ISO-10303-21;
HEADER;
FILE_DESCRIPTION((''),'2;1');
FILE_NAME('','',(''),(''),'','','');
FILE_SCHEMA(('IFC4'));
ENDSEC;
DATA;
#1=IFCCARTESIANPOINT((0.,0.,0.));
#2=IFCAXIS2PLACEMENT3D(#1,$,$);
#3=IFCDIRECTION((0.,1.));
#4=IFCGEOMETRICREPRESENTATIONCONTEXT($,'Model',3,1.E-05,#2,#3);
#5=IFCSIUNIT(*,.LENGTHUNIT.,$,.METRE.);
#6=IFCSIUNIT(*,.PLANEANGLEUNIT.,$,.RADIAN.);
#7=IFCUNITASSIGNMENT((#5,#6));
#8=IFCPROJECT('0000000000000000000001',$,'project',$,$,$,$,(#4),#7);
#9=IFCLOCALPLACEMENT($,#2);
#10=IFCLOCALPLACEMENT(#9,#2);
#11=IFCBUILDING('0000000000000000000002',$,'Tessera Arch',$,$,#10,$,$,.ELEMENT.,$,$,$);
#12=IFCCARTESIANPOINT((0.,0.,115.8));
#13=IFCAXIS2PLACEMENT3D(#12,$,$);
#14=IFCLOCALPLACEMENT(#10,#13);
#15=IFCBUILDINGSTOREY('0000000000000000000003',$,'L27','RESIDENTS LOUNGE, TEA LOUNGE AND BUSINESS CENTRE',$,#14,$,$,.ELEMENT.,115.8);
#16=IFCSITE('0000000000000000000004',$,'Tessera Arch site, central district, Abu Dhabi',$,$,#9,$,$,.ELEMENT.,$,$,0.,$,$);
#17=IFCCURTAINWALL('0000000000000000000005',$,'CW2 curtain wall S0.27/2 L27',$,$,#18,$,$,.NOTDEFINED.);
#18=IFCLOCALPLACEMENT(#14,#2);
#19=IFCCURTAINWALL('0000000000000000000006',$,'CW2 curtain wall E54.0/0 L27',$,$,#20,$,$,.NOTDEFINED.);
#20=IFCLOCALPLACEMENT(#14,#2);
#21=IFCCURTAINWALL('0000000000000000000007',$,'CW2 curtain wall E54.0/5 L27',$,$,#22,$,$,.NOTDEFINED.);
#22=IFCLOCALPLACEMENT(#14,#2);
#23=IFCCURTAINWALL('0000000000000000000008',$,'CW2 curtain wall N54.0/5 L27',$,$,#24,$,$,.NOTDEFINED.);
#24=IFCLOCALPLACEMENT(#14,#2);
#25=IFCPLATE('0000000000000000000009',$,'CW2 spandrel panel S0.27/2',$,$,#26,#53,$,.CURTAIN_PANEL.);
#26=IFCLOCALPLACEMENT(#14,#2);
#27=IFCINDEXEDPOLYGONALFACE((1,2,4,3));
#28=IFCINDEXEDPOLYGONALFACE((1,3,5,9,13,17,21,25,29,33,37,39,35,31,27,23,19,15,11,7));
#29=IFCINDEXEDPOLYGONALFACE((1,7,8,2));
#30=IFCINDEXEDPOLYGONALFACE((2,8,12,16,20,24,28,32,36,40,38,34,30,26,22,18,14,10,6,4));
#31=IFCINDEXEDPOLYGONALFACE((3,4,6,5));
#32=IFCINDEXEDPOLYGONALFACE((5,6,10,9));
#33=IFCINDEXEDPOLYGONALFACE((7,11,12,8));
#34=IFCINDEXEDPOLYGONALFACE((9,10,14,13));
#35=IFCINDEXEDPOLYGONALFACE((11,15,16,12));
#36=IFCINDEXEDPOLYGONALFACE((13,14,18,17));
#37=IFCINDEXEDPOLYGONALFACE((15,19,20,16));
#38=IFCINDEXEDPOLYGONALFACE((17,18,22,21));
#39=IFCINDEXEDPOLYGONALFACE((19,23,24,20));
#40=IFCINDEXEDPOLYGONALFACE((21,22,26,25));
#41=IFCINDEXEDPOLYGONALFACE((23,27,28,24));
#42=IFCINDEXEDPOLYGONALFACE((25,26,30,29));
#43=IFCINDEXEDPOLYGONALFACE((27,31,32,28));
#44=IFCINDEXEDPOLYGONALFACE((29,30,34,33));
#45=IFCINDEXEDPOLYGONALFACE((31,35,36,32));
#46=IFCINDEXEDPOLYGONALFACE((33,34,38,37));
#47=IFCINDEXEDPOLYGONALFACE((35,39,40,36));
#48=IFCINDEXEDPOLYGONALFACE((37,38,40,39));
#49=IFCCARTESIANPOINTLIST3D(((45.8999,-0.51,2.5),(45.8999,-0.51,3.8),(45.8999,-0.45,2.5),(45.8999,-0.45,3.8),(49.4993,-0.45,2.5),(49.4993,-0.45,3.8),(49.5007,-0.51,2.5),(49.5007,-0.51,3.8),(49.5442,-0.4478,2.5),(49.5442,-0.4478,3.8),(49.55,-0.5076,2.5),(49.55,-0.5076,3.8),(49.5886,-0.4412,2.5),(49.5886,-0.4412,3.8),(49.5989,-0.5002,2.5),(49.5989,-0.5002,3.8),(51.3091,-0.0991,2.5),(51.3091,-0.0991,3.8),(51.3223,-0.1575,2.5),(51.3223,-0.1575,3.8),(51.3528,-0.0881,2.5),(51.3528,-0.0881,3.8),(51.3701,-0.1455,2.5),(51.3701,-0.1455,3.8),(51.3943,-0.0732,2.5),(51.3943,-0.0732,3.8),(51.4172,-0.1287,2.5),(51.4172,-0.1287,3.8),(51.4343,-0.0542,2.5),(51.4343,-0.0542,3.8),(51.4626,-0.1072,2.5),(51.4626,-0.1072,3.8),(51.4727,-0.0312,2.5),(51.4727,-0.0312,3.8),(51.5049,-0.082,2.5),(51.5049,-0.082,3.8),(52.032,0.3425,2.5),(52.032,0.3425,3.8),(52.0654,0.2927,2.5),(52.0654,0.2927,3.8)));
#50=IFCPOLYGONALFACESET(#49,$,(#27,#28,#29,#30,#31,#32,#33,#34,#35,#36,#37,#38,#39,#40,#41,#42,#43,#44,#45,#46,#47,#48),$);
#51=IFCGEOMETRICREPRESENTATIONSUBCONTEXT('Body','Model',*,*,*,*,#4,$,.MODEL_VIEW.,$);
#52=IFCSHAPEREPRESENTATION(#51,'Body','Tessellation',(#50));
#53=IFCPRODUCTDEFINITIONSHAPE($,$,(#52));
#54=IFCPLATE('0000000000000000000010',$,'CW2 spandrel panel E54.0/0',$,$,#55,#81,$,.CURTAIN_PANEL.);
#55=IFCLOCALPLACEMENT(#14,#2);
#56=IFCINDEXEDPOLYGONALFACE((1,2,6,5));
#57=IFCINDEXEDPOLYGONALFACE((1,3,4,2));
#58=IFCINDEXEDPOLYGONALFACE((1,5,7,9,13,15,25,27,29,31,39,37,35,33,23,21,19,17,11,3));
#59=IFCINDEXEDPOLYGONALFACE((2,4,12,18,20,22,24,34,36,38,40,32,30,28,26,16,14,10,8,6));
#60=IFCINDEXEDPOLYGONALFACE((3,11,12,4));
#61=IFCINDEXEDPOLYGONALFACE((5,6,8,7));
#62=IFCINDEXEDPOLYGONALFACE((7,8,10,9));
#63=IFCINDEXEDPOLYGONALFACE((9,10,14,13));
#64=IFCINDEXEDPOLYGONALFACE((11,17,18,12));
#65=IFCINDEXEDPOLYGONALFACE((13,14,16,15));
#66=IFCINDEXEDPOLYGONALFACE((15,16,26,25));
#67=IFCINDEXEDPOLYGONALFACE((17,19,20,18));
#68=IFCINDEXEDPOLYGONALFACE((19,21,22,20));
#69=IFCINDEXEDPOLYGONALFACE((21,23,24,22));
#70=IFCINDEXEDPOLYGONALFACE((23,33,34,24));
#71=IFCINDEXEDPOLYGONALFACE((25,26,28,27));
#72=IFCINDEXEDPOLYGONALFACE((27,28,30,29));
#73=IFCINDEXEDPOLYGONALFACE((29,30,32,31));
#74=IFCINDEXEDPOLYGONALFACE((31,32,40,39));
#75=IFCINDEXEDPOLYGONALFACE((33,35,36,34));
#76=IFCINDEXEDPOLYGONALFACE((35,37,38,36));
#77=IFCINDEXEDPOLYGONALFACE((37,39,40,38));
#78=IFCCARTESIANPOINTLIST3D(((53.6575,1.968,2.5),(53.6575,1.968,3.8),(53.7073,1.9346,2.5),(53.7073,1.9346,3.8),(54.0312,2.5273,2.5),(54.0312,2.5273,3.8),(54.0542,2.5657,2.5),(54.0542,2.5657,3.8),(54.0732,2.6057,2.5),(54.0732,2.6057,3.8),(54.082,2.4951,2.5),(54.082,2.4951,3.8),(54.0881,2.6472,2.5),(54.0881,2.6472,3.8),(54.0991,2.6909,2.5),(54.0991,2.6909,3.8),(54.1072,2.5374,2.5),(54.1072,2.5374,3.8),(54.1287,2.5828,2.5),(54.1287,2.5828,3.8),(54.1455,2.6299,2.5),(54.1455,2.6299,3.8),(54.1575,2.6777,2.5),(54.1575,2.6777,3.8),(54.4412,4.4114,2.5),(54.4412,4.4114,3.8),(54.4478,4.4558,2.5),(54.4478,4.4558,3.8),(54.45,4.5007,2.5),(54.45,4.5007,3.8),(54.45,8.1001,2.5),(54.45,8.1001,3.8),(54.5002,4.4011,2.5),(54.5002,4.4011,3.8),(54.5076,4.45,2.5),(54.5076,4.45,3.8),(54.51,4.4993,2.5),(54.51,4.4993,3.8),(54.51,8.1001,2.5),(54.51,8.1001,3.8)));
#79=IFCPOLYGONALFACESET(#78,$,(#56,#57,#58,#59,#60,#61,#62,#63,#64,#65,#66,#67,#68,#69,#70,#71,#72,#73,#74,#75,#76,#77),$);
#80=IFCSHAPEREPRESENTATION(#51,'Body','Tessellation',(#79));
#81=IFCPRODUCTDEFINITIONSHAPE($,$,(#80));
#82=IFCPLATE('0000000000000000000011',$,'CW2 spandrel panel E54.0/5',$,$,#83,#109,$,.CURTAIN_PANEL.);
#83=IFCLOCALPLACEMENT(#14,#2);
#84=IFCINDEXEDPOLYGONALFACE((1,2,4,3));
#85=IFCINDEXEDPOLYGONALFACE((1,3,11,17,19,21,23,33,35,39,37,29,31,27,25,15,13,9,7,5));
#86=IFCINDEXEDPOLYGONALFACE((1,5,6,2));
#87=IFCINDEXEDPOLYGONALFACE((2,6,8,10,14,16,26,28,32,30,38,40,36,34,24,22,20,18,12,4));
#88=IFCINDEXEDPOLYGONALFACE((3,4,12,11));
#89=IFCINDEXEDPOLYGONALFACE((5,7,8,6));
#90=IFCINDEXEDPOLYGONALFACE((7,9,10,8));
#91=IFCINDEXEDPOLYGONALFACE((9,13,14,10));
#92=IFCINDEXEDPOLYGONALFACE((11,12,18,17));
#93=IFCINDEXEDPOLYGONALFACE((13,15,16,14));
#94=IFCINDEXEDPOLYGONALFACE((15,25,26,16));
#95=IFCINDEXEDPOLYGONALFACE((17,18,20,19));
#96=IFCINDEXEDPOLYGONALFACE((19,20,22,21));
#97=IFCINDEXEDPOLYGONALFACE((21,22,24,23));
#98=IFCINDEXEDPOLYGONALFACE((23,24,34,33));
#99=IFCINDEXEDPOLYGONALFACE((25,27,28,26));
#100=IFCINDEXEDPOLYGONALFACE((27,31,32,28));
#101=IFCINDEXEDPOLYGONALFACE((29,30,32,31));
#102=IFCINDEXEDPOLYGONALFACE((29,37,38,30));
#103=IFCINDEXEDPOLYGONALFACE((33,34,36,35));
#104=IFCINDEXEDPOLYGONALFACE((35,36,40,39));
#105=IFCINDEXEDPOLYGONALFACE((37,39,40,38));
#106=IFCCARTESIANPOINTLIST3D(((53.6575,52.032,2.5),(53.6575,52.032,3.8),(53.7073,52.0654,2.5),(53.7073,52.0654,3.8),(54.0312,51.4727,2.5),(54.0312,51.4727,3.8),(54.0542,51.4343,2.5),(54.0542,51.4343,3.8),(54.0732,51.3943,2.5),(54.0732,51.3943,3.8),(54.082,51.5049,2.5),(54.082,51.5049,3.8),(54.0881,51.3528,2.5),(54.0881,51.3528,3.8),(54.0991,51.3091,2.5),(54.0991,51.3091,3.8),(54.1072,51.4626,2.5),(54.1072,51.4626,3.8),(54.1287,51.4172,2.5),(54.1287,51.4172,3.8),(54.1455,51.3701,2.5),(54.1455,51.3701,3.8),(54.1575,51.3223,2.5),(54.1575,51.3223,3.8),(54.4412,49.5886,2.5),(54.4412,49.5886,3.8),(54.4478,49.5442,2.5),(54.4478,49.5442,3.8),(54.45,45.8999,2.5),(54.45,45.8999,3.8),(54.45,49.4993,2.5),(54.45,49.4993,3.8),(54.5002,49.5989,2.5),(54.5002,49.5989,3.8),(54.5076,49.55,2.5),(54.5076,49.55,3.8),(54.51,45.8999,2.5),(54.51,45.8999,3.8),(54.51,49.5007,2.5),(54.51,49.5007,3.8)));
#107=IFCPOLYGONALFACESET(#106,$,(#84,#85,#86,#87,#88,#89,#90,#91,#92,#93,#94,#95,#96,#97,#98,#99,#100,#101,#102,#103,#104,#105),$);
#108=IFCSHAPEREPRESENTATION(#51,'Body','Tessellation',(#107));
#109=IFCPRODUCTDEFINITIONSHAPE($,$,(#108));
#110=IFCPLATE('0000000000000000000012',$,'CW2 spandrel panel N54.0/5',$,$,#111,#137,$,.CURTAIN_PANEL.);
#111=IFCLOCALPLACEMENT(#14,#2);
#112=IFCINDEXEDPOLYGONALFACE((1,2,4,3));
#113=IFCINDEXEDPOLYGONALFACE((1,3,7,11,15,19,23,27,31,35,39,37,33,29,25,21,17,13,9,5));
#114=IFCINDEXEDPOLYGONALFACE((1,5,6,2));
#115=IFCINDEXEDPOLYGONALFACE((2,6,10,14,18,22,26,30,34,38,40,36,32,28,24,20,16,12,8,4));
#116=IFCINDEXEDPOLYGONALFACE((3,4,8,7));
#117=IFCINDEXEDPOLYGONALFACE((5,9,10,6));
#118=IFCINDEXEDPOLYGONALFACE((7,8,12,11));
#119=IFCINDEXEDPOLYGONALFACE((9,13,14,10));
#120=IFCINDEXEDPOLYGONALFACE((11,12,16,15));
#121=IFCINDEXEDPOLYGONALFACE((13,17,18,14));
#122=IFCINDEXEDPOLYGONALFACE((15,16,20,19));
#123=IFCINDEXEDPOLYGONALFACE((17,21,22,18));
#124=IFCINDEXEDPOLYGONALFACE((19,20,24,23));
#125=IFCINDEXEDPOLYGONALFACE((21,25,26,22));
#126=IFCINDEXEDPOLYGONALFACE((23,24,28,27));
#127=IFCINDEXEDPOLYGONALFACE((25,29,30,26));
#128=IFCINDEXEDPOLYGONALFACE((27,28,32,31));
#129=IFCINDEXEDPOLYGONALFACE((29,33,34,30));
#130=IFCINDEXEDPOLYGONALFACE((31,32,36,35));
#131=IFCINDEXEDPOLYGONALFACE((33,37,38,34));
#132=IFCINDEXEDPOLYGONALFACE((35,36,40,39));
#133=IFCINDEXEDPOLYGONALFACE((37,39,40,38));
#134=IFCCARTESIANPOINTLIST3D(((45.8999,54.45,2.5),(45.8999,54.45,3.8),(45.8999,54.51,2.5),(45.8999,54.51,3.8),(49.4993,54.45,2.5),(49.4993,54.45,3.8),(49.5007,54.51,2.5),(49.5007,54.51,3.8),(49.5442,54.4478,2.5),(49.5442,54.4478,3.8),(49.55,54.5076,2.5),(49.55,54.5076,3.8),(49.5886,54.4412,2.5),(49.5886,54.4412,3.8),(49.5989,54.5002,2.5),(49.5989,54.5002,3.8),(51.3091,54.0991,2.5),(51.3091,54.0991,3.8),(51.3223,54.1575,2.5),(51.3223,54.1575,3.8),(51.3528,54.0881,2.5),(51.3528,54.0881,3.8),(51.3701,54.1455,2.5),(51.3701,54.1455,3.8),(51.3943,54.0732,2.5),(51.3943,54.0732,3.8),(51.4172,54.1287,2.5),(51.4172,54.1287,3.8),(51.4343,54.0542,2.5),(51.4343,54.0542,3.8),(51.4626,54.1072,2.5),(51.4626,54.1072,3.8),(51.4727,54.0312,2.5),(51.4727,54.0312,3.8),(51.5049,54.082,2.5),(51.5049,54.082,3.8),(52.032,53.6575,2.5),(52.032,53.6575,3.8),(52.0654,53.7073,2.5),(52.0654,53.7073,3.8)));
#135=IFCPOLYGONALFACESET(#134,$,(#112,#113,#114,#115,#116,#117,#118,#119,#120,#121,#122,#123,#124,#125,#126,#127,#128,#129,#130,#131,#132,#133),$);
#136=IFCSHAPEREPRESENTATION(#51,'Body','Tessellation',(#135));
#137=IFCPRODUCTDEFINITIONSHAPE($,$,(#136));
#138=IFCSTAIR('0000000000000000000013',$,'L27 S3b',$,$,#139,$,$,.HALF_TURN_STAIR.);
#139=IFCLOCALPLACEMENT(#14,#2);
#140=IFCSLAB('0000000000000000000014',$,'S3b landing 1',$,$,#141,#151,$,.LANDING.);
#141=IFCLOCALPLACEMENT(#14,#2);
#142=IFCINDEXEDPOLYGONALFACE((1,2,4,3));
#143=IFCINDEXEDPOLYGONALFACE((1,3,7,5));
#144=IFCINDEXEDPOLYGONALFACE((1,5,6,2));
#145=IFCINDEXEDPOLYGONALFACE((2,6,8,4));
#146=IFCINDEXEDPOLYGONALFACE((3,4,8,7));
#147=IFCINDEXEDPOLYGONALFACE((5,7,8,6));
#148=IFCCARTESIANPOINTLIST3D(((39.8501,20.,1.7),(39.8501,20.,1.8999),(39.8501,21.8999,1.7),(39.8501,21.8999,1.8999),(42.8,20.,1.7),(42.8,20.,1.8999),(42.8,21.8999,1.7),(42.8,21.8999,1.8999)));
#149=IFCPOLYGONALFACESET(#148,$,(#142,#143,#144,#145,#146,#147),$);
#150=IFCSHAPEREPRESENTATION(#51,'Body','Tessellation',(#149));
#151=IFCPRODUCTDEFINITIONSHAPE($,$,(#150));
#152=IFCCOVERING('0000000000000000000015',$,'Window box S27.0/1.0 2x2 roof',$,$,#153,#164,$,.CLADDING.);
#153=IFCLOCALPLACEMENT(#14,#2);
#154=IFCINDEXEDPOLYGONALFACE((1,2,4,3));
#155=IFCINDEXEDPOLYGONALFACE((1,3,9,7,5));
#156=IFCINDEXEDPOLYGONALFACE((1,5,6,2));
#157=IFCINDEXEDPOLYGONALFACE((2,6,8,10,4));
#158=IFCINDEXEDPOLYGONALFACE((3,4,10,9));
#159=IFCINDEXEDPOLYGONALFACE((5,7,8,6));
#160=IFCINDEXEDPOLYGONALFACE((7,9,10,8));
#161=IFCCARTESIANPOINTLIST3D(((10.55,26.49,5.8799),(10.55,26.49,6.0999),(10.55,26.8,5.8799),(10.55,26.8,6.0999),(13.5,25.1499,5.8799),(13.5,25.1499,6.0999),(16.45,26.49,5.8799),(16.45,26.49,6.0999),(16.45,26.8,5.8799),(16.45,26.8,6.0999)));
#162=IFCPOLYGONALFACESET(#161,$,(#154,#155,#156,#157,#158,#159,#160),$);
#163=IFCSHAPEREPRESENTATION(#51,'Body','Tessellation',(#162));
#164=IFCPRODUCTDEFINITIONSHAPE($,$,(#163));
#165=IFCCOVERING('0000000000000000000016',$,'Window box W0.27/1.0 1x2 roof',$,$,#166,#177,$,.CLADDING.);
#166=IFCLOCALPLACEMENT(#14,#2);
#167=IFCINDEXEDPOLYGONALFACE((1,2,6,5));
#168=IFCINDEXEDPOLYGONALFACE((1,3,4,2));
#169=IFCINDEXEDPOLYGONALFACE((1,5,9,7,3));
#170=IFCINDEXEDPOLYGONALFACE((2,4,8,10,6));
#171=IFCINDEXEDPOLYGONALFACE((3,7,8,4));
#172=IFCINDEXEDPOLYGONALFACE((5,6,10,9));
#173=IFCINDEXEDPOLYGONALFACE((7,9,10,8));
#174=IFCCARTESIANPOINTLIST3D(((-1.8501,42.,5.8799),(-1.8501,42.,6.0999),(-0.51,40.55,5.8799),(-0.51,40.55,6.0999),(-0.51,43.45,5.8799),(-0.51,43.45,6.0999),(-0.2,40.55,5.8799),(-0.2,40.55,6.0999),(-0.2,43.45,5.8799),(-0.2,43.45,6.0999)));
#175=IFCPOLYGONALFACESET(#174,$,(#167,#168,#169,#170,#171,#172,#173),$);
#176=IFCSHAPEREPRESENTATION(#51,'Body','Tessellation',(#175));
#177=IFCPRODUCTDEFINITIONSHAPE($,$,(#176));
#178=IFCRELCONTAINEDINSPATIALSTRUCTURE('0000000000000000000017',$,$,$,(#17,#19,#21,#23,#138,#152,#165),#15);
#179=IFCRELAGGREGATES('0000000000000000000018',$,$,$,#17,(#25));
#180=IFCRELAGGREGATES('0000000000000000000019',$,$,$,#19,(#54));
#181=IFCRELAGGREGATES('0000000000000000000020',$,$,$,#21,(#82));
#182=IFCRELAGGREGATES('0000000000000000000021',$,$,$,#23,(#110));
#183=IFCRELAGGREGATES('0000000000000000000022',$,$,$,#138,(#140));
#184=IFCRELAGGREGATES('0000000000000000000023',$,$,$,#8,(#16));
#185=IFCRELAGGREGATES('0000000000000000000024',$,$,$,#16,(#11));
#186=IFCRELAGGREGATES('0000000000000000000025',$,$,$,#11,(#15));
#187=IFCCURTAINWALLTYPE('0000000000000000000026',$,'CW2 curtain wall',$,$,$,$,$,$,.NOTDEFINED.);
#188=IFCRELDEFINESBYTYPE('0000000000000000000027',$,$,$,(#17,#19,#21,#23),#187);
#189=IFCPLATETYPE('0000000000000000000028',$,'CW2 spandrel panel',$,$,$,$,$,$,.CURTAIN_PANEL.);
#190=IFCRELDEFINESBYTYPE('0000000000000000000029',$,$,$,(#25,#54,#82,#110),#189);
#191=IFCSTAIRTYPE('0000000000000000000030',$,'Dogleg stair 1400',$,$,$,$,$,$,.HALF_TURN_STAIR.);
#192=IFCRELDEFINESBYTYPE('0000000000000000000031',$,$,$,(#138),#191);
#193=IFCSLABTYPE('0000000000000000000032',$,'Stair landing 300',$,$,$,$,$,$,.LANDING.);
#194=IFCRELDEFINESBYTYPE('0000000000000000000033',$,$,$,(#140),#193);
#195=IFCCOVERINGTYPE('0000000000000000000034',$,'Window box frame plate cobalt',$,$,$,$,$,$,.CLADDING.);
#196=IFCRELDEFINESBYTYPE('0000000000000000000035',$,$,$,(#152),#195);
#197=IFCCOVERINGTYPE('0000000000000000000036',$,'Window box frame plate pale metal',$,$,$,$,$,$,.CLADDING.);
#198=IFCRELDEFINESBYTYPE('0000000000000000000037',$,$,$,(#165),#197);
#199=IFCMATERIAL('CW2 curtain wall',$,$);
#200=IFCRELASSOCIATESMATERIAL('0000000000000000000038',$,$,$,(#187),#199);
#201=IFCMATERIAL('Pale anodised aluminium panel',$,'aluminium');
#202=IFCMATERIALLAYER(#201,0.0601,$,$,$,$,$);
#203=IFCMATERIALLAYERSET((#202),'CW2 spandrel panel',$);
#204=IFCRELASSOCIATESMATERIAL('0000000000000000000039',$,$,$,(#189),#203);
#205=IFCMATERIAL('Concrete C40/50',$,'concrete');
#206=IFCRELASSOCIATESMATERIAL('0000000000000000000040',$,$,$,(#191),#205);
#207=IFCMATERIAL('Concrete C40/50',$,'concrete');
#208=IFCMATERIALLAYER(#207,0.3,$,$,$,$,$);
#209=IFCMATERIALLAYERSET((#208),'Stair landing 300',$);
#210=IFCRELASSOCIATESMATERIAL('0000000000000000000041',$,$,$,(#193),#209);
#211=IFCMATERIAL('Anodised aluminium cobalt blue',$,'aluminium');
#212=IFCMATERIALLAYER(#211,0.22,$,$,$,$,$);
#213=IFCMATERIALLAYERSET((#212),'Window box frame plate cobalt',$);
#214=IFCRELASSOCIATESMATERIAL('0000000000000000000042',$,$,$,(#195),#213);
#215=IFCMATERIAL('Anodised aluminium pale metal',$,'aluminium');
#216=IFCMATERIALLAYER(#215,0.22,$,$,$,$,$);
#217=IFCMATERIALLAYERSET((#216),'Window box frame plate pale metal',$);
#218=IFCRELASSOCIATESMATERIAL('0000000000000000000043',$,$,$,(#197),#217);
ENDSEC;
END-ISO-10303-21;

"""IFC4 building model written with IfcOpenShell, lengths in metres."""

from ifc_helpers import new_model, si_unit, direction, frame, origin, place, context, subcontext, project, spatial, polyline, outline, extrude, material, layer, layer_set, type_object, element, aggregate, save


model = new_model("IFC4")

# Units and contexts
model_context = context("Model", 3, precision=1e-05, world=origin(), true_north=direction((0.0, 1.0)))
body_context = subcontext(model_context, "Body", "Model", "MODEL_VIEW")
ifc_project = project(units=[si_unit("LENGTHUNIT", "METRE"), si_unit("PLANEANGLEUNIT", "RADIAN")], contexts=[model_context])

# Site, building, storey
site_placement = place(None, origin())
site = spatial("IfcSite", under=ifc_project, at=site_placement, Name="Tessera Arch site, central district, Abu Dhabi", CompositionType="ELEMENT", RefElevation=0.0)
building_placement = place(site_placement, origin())
building = spatial("IfcBuilding", under=site, at=building_placement, Name="Tessera Arch", CompositionType="ELEMENT")
storey_placement = place(building_placement, frame((0.0, 0.0, 115.8)))
storey = spatial("IfcBuildingStorey", under=building, at=storey_placement, Name="L27", Description="RESIDENTS LOUNGE, TEA LOUNGE AND BUSINESS CENTRE", CompositionType="ELEMENT", Elevation=115.8)

# Curtain walls
ifc_material_1 = material(Name="CW2 curtain wall")
curtain_wall_type = type_object("IfcCurtainWallType", Name="CW2 curtain wall", PredefinedType="NOTDEFINED", material=ifc_material_1)
curtain_wall_1_placement = place(storey_placement, origin())
curtain_wall_1 = element("IfcCurtainWall", 1, at=curtain_wall_1_placement, inside=storey, type_object=curtain_wall_type, Name="CW2 curtain wall S0.27/2 L27", PredefinedType="NOTDEFINED")
curtain_wall_2_placement = place(storey_placement, origin())
curtain_wall_2 = element("IfcCurtainWall", 2, at=curtain_wall_2_placement, inside=storey, type_object=curtain_wall_type, Name="CW2 curtain wall E54.0/0 L27", PredefinedType="NOTDEFINED")
curtain_wall_3_placement = place(storey_placement, origin())
curtain_wall_3 = element("IfcCurtainWall", 3, at=curtain_wall_3_placement, inside=storey, type_object=curtain_wall_type, Name="CW2 curtain wall E54.0/5 L27", PredefinedType="NOTDEFINED")
curtain_wall_4_placement = place(storey_placement, origin())
curtain_wall_4 = element("IfcCurtainWall", 4, at=curtain_wall_4_placement, inside=storey, type_object=curtain_wall_type, Name="CW2 curtain wall N54.0/5 L27", PredefinedType="NOTDEFINED")

# Plates
ifc_material_2 = material(Name="Pale anodised aluminium panel", Category="aluminium")
ifc_layer_1 = layer(ifc_material_2, 0.0601)
ifc_layer_set_1 = layer_set([ifc_layer_1], Name="CW2 spandrel panel")
plate_type = type_object("IfcPlateType", Name="CW2 spandrel panel", PredefinedType="CURTAIN_PANEL", material=ifc_layer_set_1)
plate_1_placement = place(storey_placement, frame((0.0, 0.0, 2.5)))
plate_1 = element("IfcPlate", 5, at=plate_1_placement, type_object=plate_type, Name="CW2 spandrel panel S0.27/2", PredefinedType="CURTAIN_PANEL", context=body_context, shape_type="SweptSolid", body=[
    extrude(outline(polyline([(49.4993, -0.45), (45.8999, -0.45), (45.8999, -0.51), (49.5007, -0.51), (49.55, -0.5076), (49.5989, -0.5002), (51.3223, -0.1575), (51.3701, -0.1455), (51.4172, -0.1287), (51.4626, -0.1072), (51.5049, -0.082), (52.0654, 0.2927), (52.032, 0.3425), (51.4727, -0.0312), (51.4343, -0.0542), (51.3943, -0.0732), (51.3528, -0.0881), (51.3091, -0.0991), (49.5886, -0.4412), (49.5442, -0.4478), (49.4993, -0.45)])), origin(), (0.0, 0.0, 1.0), 1.3),
])
aggregate(curtain_wall_1, [plate_1])
plate_2_placement = place(storey_placement, frame((0.0, 0.0, 2.5)))
plate_2 = element("IfcPlate", 6, at=plate_2_placement, type_object=plate_type, Name="CW2 spandrel panel E54.0/0", PredefinedType="CURTAIN_PANEL", context=body_context, shape_type="SweptSolid", body=[
    extrude(outline(polyline([(54.0312, 2.5273), (53.6575, 1.968), (53.7073, 1.9346), (54.082, 2.4951), (54.1072, 2.5374), (54.1287, 2.5828), (54.1455, 2.6299), (54.1575, 2.6777), (54.5002, 4.4011), (54.5076, 4.45), (54.51, 4.4993), (54.51, 8.1001), (54.45, 8.1001), (54.45, 4.5007), (54.4478, 4.4558), (54.4412, 4.4114), (54.0991, 2.6909), (54.0881, 2.6472), (54.0732, 2.6057), (54.0542, 2.5657), (54.0312, 2.5273)])), origin(), (0.0, 0.0, 1.0), 1.3),
])
aggregate(curtain_wall_2, [plate_2])
plate_3_placement = place(storey_placement, frame((0.0, 0.0, 2.5)))
plate_3 = element("IfcPlate", 7, at=plate_3_placement, type_object=plate_type, Name="CW2 spandrel panel E54.0/5", PredefinedType="CURTAIN_PANEL", context=body_context, shape_type="SweptSolid", body=[
    extrude(outline(polyline([(54.45, 49.4993), (54.45, 45.8999), (54.51, 45.8999), (54.51, 49.5007), (54.5076, 49.55), (54.5002, 49.5989), (54.1575, 51.3223), (54.1455, 51.3701), (54.1287, 51.4172), (54.1072, 51.4626), (54.082, 51.5049), (53.7073, 52.0654), (53.6575, 52.032), (54.0312, 51.4727), (54.0542, 51.4343), (54.0732, 51.3943), (54.0881, 51.3528), (54.0991, 51.3091), (54.4412, 49.5886), (54.4478, 49.5442), (54.45, 49.4993)])), origin(), (0.0, 0.0, 1.0), 1.3),
])
aggregate(curtain_wall_3, [plate_3])
plate_4_placement = place(storey_placement, frame((0.0, 0.0, 2.5)))
plate_4 = element("IfcPlate", 8, at=plate_4_placement, type_object=plate_type, Name="CW2 spandrel panel N54.0/5", PredefinedType="CURTAIN_PANEL", context=body_context, shape_type="SweptSolid", body=[
    extrude(outline(polyline([(51.4727, 54.0312), (52.032, 53.6575), (52.0654, 53.7073), (51.5049, 54.082), (51.4626, 54.1072), (51.4172, 54.1287), (51.3701, 54.1455), (51.3223, 54.1575), (49.5989, 54.5002), (49.55, 54.5076), (49.5007, 54.51), (45.8999, 54.51), (45.8999, 54.45), (49.4993, 54.45), (49.5442, 54.4478), (49.5886, 54.4412), (51.3091, 54.0991), (51.3528, 54.0881), (51.3943, 54.0732), (51.4343, 54.0542), (51.4727, 54.0312)])), origin(), (0.0, 0.0, 1.0), 1.3),
])
aggregate(curtain_wall_4, [plate_4])

# Stair, slab
ifc_material_3 = material(Name="Concrete C40/50", Category="concrete")
stair_type = type_object("IfcStairType", Name="Dogleg stair 1400", PredefinedType="HALF_TURN_STAIR", material=ifc_material_3)
stair_placement = place(storey_placement, origin())
stair = element("IfcStair", 9, at=stair_placement, inside=storey, type_object=stair_type, Name="L27 S3b", PredefinedType="HALF_TURN_STAIR")
ifc_material_4 = material(Name="Concrete C40/50", Category="concrete")
ifc_layer_2 = layer(ifc_material_4, 0.3)
ifc_layer_set_2 = layer_set([ifc_layer_2], Name="Stair landing 300")
slab_type = type_object("IfcSlabType", Name="Stair landing 300", PredefinedType="LANDING", material=ifc_layer_set_2)
slab_placement = place(storey_placement, frame((0.0, 0.0, 1.7)))
slab = element("IfcSlab", 10, at=slab_placement, type_object=slab_type, Name="S3b landing 1", PredefinedType="LANDING", context=body_context, shape_type="SweptSolid", body=[
    extrude(outline(polyline([(42.8, 20.0), (42.8, 21.8999), (39.8501, 21.8999), (39.8501, 20.0), (42.8, 20.0)])), origin(), (0.0, 0.0, 1.0), 0.2),
])
aggregate(stair, [slab])

# Coverings
ifc_material_5 = material(Name="Anodised aluminium cobalt blue", Category="aluminium")
ifc_layer_3 = layer(ifc_material_5, 0.22)
ifc_layer_set_3 = layer_set([ifc_layer_3], Name="Window box frame plate cobalt")
covering_type_1 = type_object("IfcCoveringType", Name="Window box frame plate cobalt", PredefinedType="CLADDING", material=ifc_layer_set_3)
covering_1_placement = place(storey_placement, frame((0.0, 0.0, 5.8799)))
element("IfcCovering", 11, at=covering_1_placement, inside=storey, type_object=covering_type_1, Name="Window box S27.0/1.0 2x2 roof", PredefinedType="CLADDING", context=body_context, shape_type="SweptSolid", body=[
    extrude(outline(polyline([(10.55, 26.49), (13.5, 25.1499), (16.45, 26.49), (16.45, 26.8), (10.55, 26.8), (10.55, 26.49)])), origin(), (0.0, 0.0, 1.0), 0.22),
])
ifc_material_6 = material(Name="Anodised aluminium pale metal", Category="aluminium")
ifc_layer_4 = layer(ifc_material_6, 0.22)
ifc_layer_set_4 = layer_set([ifc_layer_4], Name="Window box frame plate pale metal")
covering_type_2 = type_object("IfcCoveringType", Name="Window box frame plate pale metal", PredefinedType="CLADDING", material=ifc_layer_set_4)
covering_2_placement = place(storey_placement, frame((0.0, 0.0, 5.8799)))
element("IfcCovering", 12, at=covering_2_placement, inside=storey, type_object=covering_type_2, Name="Window box W0.27/1.0 1x2 roof", PredefinedType="CLADDING", context=body_context, shape_type="SweptSolid", body=[
    extrude(outline(polyline([(-0.51, 43.45), (-1.8501, 42.0), (-0.51, 40.55), (-0.2, 40.55), (-0.2, 43.45), (-0.51, 43.45)])), origin(), (0.0, 0.0, 1.0), 0.22),
])

save(model, "model.ifc")
